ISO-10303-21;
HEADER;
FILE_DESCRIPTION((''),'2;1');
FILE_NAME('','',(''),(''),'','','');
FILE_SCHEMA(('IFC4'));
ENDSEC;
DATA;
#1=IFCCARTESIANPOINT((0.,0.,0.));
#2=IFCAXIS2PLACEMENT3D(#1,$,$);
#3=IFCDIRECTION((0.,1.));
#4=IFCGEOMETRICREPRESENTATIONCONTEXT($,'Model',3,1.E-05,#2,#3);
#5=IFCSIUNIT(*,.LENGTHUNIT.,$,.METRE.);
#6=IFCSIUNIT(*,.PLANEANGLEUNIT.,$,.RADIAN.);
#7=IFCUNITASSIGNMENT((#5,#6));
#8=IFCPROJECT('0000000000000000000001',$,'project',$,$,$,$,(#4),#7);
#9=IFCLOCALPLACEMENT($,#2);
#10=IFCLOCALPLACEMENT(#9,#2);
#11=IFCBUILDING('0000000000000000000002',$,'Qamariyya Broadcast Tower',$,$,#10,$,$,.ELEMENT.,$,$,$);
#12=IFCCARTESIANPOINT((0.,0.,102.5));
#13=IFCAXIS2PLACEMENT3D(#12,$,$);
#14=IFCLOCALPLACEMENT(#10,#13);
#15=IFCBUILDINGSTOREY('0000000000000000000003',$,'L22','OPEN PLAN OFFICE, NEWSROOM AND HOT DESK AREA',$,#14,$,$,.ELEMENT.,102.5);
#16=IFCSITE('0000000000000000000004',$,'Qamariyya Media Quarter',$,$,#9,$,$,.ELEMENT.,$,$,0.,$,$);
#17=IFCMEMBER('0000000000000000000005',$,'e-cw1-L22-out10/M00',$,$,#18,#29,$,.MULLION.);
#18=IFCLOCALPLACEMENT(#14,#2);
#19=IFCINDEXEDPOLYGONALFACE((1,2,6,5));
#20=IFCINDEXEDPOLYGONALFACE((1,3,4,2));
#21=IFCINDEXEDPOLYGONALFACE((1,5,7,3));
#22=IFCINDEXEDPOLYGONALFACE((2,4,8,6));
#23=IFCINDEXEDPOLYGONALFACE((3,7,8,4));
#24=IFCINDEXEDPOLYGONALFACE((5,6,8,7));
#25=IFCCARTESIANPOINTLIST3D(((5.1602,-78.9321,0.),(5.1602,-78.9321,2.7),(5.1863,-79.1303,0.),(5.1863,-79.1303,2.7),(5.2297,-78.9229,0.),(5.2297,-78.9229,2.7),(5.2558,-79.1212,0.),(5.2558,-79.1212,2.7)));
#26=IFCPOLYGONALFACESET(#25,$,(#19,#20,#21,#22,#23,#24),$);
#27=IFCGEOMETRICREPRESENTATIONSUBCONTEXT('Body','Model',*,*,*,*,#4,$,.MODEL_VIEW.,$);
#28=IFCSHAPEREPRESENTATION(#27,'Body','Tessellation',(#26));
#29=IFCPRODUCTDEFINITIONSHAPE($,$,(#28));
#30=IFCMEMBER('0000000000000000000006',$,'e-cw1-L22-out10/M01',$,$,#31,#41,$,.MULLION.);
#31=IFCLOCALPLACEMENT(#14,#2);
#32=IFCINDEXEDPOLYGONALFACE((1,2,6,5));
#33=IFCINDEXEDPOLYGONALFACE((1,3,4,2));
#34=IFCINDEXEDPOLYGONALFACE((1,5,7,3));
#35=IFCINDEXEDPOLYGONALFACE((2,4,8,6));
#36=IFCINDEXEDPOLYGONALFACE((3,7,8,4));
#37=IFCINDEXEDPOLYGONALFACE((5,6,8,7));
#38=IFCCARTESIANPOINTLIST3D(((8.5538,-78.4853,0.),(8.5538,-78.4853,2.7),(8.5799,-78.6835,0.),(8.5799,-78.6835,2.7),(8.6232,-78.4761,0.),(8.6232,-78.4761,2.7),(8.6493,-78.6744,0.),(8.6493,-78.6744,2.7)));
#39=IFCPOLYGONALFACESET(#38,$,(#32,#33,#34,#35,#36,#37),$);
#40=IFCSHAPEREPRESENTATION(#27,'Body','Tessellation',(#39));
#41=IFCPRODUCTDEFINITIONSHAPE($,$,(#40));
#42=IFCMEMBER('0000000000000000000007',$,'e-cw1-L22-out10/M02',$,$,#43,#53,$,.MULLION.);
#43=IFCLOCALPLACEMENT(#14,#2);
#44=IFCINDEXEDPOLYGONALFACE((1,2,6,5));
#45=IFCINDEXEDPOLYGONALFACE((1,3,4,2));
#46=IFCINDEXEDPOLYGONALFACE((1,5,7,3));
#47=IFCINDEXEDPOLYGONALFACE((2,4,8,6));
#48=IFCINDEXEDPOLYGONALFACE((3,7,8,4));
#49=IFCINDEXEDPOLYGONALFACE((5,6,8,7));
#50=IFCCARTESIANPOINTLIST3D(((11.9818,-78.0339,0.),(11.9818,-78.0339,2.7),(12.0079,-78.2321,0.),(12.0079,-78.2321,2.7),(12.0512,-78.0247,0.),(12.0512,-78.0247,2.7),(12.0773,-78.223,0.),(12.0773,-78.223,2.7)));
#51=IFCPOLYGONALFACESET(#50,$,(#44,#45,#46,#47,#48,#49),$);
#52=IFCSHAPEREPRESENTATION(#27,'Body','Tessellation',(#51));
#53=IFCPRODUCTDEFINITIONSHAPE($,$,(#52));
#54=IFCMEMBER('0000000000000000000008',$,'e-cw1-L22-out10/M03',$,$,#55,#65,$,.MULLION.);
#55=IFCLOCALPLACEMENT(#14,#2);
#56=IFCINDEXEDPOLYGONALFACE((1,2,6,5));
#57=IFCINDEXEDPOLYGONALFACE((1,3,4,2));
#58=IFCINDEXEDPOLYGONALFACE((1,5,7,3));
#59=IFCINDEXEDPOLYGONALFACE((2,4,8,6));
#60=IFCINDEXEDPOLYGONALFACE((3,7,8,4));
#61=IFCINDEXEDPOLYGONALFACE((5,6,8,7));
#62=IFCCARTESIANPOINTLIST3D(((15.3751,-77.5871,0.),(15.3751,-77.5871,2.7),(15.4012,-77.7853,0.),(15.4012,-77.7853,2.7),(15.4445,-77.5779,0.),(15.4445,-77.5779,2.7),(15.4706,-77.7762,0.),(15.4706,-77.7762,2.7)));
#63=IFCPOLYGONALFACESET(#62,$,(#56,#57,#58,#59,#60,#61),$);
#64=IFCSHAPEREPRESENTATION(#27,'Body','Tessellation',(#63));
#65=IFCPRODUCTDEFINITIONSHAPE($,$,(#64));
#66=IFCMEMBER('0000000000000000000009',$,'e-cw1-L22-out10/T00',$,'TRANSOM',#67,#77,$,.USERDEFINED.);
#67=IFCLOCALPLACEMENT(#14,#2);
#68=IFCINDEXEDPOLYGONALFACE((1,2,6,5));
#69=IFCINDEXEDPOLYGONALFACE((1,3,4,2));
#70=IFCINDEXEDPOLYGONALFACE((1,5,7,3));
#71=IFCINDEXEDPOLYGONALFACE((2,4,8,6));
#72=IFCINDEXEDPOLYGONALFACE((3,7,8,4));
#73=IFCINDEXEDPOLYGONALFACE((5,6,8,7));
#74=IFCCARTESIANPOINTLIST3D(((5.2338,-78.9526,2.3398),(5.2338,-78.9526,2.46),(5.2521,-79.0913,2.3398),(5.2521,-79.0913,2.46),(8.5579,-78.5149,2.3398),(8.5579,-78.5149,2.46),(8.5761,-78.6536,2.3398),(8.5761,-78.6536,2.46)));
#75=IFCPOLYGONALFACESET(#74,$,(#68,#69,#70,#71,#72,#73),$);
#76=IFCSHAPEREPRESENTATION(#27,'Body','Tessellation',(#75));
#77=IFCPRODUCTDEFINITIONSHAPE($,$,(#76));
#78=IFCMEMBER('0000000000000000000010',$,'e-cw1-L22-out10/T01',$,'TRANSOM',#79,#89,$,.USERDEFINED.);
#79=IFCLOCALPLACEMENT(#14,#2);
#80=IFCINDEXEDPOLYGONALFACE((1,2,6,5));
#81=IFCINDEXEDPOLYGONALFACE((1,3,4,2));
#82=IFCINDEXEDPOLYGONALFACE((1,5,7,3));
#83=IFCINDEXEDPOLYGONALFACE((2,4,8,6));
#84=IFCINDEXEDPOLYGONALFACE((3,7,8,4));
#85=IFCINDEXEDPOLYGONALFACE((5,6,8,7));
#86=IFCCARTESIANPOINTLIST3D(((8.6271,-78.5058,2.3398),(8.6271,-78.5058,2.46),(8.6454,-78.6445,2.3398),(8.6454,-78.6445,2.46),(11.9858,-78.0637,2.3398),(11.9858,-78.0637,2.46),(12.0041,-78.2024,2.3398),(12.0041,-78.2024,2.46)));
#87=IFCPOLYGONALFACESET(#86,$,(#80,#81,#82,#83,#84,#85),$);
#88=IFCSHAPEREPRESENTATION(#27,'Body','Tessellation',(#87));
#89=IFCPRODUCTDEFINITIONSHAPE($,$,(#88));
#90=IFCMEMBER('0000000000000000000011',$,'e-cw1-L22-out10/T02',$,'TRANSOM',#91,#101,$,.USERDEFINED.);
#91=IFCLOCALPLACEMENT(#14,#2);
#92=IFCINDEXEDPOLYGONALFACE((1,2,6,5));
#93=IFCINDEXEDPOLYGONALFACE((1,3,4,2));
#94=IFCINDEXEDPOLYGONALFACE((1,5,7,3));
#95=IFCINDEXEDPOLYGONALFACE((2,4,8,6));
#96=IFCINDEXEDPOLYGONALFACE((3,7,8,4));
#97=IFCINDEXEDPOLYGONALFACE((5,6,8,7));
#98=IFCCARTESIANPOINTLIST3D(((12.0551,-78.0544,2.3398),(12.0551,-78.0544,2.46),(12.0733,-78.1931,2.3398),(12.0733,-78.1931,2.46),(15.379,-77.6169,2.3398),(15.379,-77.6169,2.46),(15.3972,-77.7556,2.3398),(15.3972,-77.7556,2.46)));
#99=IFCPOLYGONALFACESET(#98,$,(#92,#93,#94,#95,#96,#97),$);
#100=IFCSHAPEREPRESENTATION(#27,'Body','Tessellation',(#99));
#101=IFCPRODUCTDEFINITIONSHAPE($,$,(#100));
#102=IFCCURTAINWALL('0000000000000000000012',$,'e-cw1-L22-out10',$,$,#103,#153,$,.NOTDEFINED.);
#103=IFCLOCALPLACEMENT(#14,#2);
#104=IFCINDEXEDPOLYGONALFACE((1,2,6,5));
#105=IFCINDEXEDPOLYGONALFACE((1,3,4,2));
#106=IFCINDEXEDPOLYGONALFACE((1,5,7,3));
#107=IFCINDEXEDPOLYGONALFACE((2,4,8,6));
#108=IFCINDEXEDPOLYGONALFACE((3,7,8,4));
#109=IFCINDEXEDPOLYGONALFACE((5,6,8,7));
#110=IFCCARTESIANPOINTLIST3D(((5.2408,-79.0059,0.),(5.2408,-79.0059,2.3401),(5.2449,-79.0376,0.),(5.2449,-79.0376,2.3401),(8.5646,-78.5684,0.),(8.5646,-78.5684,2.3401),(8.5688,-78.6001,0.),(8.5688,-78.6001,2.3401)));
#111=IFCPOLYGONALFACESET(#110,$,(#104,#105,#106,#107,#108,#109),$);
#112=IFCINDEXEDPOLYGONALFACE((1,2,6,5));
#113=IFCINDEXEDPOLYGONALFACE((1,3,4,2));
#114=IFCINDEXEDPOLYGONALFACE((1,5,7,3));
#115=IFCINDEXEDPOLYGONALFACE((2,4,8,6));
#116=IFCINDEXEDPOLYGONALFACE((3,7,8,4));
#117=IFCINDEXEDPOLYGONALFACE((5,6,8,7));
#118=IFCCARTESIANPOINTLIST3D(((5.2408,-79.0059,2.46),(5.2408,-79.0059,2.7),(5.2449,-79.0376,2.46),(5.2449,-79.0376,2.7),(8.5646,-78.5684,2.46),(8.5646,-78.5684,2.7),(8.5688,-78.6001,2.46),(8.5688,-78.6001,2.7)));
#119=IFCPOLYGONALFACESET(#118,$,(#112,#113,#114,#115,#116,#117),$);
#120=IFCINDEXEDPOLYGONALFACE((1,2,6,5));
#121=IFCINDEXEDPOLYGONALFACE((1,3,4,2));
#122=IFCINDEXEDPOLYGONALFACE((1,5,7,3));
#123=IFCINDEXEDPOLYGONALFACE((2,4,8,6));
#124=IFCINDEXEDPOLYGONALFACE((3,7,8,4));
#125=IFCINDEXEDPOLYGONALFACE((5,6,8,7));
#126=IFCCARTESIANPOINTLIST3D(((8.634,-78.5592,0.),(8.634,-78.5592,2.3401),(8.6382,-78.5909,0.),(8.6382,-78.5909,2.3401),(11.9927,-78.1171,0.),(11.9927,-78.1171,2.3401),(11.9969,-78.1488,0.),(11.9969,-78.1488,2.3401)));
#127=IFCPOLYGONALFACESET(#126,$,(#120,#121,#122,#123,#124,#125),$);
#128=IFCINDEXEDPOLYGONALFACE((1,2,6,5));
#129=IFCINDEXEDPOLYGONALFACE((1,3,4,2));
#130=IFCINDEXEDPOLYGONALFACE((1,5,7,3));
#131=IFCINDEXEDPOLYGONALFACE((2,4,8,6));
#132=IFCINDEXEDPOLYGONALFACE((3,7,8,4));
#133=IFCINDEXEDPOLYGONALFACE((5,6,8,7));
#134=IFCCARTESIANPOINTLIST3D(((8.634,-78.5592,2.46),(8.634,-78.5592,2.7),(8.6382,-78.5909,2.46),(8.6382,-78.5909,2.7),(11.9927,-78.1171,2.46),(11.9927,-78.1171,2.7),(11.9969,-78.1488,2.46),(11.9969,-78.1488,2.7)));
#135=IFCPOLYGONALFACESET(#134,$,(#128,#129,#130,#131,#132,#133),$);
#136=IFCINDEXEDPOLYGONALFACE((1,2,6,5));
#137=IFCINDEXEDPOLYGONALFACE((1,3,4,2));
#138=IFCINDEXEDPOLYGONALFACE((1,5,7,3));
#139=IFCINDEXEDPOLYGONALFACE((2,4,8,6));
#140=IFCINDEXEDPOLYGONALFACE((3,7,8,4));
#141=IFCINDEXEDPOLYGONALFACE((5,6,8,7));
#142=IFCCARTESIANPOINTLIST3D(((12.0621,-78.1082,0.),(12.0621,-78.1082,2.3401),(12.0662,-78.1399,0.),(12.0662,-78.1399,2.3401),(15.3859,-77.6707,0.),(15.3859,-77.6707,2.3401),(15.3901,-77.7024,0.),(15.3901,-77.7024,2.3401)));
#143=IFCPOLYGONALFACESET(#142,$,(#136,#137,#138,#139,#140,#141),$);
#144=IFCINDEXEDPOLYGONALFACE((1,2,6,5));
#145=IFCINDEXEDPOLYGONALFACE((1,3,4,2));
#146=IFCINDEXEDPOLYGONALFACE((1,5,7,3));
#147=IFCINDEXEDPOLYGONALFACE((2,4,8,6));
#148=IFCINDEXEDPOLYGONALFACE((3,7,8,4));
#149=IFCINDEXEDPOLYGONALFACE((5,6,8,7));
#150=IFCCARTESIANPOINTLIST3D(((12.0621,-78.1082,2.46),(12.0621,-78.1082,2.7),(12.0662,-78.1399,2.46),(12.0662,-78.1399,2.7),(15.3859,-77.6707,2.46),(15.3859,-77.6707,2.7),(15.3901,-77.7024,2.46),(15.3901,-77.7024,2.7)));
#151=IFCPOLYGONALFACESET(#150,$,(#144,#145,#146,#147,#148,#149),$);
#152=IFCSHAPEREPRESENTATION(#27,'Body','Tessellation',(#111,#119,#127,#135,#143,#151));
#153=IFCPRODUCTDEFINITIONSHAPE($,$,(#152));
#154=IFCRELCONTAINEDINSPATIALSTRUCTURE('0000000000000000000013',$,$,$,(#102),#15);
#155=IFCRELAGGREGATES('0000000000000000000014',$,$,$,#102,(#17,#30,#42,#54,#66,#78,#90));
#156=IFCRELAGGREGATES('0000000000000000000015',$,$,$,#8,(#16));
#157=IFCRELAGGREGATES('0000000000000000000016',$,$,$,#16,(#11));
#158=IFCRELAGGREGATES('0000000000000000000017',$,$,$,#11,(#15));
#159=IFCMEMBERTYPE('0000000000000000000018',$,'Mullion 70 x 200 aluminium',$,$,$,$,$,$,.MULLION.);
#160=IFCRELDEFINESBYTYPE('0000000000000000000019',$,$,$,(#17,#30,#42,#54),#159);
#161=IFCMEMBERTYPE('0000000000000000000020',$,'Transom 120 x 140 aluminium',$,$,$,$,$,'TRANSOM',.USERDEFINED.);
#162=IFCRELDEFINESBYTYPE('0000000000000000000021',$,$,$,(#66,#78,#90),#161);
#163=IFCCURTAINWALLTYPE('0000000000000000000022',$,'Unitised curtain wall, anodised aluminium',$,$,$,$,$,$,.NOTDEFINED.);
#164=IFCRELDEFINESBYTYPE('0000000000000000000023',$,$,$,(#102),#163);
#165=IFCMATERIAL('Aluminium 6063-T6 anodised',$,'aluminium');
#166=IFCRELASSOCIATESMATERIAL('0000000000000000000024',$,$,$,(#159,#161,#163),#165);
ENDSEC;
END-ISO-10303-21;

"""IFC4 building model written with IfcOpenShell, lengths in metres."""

from ifc_helpers import new_model, si_unit, direction, frame, origin, origin_2d, place, context, subcontext, project, spatial, rectangle, extrude, material, material_profile, profile_set, type_object, element, aggregate, save


model = new_model("IFC4")

# Units and contexts
model_context = context("Model", 3, precision=1e-05, world=origin(), true_north=direction((0.0, 1.0)))
body_context = subcontext(model_context, "Body", "Model", "MODEL_VIEW")
ifc_project = project(units=[si_unit("LENGTHUNIT", "METRE"), si_unit("PLANEANGLEUNIT", "RADIAN")], contexts=[model_context])

# Members
ifc_material = material(Name="Aluminium 6063-T6 anodised", Category="aluminium")
ifc_material_profile_1 = material_profile(ifc_material, rectangle(XDim=0.2, YDim=0.0701, at=origin_2d()))
ifc_profile_set_1 = profile_set([ifc_material_profile_1], Name="Aluminium 6063-T6 anodised")
member_type_1 = type_object("IfcMemberType", Name="Mullion 70 x 200 aluminium", PredefinedType="MULLION", material=ifc_profile_set_1)
site_placement = place(None, origin())
building_placement = place(site_placement, origin())
storey_placement = place(building_placement, frame((0.0, 0.0, 102.5)))
member_1_placement = place(storey_placement, frame((5.208, -79.0266, 0.0), z_axis=(0.0, 0.0, 1.0), x_axis=(-0.130526, 0.991445, 0.0)))
member_1 = element("IfcMember", 1, at=member_1_placement, type_object=member_type_1, Name="e-cw1-L22-out10/M00", PredefinedType="MULLION", context=body_context, shape_type="SweptSolid", body=[
    extrude(rectangle(XDim=0.2, YDim=0.0701, at=origin_2d()), origin(), (0.0, 0.0, 1.0), 2.7),
])
member_2_placement = place(storey_placement, frame((8.6016, -78.5798, 0.0), z_axis=(0.0, 0.0, 1.0), x_axis=(-0.130526, 0.991445, 0.0)))
member_2 = element("IfcMember", 2, at=member_2_placement, type_object=member_type_1, Name="e-cw1-L22-out10/M01", PredefinedType="MULLION", context=body_context, shape_type="SweptSolid", body=[
    extrude(rectangle(XDim=0.2, YDim=0.0701, at=origin_2d()), origin(), (0.0, 0.0, 1.0), 2.7),
])
member_3_placement = place(storey_placement, frame((12.0295, -78.1284, 0.0), z_axis=(0.0, 0.0, 1.0), x_axis=(-0.130526, 0.991445, 0.0)))
member_3 = element("IfcMember", 3, at=member_3_placement, type_object=member_type_1, Name="e-cw1-L22-out10/M02", PredefinedType="MULLION", context=body_context, shape_type="SweptSolid", body=[
    extrude(rectangle(XDim=0.2, YDim=0.0701, at=origin_2d()), origin(), (0.0, 0.0, 1.0), 2.7),
])
member_4_placement = place(storey_placement, frame((15.4229, -77.6816, 0.0), z_axis=(0.0, 0.0, 1.0), x_axis=(-0.130526, 0.991445, 0.0)))
member_4 = element("IfcMember", 4, at=member_4_placement, type_object=member_type_1, Name="e-cw1-L22-out10/M03", PredefinedType="MULLION", context=body_context, shape_type="SweptSolid", body=[
    extrude(rectangle(XDim=0.2, YDim=0.0701, at=origin_2d()), origin(), (0.0, 0.0, 1.0), 2.7),
])
ifc_material_profile_2 = material_profile(ifc_material, rectangle(XDim=0.1399, YDim=0.1201, at=origin_2d()))
ifc_profile_set_2 = profile_set([ifc_material_profile_2], Name="Aluminium 6063-T6 anodised")
member_type_2 = type_object("IfcMemberType", Name="Transom 120 x 140 aluminium", ElementType="TRANSOM", PredefinedType="USERDEFINED", material=ifc_profile_set_2)
member_5_placement = place(storey_placement, frame((5.2429, -79.022, 2.3999), z_axis=(0.99144, 0.130566, 0.0), x_axis=(-0.130566, 0.99144, 0.0)))
member_5 = element("IfcMember", 5, at=member_5_placement, type_object=member_type_2, Name="e-cw1-L22-out10/T00", ObjectType="TRANSOM", PredefinedType="USERDEFINED", context=body_context, shape_type="SweptSolid", body=[
    extrude(rectangle(XDim=0.1399, YDim=0.1201, at=origin_2d()), origin(), (0.0, 0.0, 1.0), 3.3528),
])
member_6_placement = place(storey_placement, frame((8.6362, -78.5752, 2.3999), z_axis=(0.991446, 0.130516, 0.0), x_axis=(-0.130516, 0.991446, 0.0)))
member_6 = element("IfcMember", 6, at=member_6_placement, type_object=member_type_2, Name="e-cw1-L22-out10/T01", ObjectType="TRANSOM", PredefinedType="USERDEFINED", context=body_context, shape_type="SweptSolid", body=[
    extrude(rectangle(XDim=0.1399, YDim=0.1201, at=origin_2d()), origin(), (0.0, 0.0, 1.0), 3.3877),
])
member_7_placement = place(storey_placement, frame((12.0642, -78.1238, 2.3999), z_axis=(0.991449, 0.130494, 0.0), x_axis=(-0.130494, 0.991449, 0.0)))
member_7 = element("IfcMember", 7, at=member_7_placement, type_object=member_type_2, Name="e-cw1-L22-out10/T02", ObjectType="TRANSOM", PredefinedType="USERDEFINED", context=body_context, shape_type="SweptSolid", body=[
    extrude(rectangle(XDim=0.1399, YDim=0.1201, at=origin_2d()), origin(), (0.0, 0.0, 1.0), 3.3525),
])

# Site, building, storey
site = spatial("IfcSite", under=ifc_project, at=site_placement, Name="Qamariyya Media Quarter", CompositionType="ELEMENT", RefElevation=0.0)
building = spatial("IfcBuilding", under=site, at=building_placement, Name="Qamariyya Broadcast Tower", CompositionType="ELEMENT")
storey = spatial("IfcBuildingStorey", under=building, at=storey_placement, Name="L22", Description="OPEN PLAN OFFICE, NEWSROOM AND HOT DESK AREA", CompositionType="ELEMENT", Elevation=102.5)

# Curtain wall
curtain_wall_type = type_object("IfcCurtainWallType", Name="Unitised curtain wall, anodised aluminium", PredefinedType="NOTDEFINED", material=ifc_material)
curtain_wall_1_placement = place(storey_placement, origin())
curtain_wall_1 = element("IfcCurtainWall", 8, at=curtain_wall_1_placement, inside=storey, type_object=curtain_wall_type, Name="e-cw1-L22-out10", PredefinedType="NOTDEFINED", context=body_context, shape_type="SweptSolid", body=[
    extrude(rectangle(XDim=3.3525, YDim=0.032, at=origin_2d()), frame((6.9048, -78.803, 0.0), x_axis=(0.991447, 0.130509, 0.0)), (0.0, 0.0, 1.0), 2.3401),
    extrude(rectangle(XDim=3.3525, YDim=0.032, at=origin_2d()), frame((6.9048, -78.803, 2.46), x_axis=(0.991447, 0.130509, 0.0)), (0.0, 0.0, 1.0), 0.24),
    extrude(rectangle(XDim=3.3877, YDim=0.032, at=origin_2d()), frame((10.3154, -78.354, 0.0), x_axis=(0.991447, 0.130509, 0.0)), (0.0, 0.0, 1.0), 2.3401),
    extrude(rectangle(XDim=3.3877, YDim=0.032, at=origin_2d()), frame((10.3154, -78.354, 2.46), x_axis=(0.991447, 0.130509, 0.0)), (0.0, 0.0, 1.0), 0.24),
    extrude(rectangle(XDim=3.3525, YDim=0.032, at=origin_2d()), frame((13.7261, -77.9053, 0.0), x_axis=(0.991447, 0.130509, 0.0)), (0.0, 0.0, 1.0), 2.3401),
    extrude(rectangle(XDim=3.3525, YDim=0.032, at=origin_2d()), frame((13.7261, -77.9053, 2.46), x_axis=(0.991447, 0.130509, 0.0)), (0.0, 0.0, 1.0), 0.24),
])
aggregate(curtain_wall_1, [member_1, member_2, member_3, member_4, member_5, member_6, member_7])

save(model, "model.ifc")
